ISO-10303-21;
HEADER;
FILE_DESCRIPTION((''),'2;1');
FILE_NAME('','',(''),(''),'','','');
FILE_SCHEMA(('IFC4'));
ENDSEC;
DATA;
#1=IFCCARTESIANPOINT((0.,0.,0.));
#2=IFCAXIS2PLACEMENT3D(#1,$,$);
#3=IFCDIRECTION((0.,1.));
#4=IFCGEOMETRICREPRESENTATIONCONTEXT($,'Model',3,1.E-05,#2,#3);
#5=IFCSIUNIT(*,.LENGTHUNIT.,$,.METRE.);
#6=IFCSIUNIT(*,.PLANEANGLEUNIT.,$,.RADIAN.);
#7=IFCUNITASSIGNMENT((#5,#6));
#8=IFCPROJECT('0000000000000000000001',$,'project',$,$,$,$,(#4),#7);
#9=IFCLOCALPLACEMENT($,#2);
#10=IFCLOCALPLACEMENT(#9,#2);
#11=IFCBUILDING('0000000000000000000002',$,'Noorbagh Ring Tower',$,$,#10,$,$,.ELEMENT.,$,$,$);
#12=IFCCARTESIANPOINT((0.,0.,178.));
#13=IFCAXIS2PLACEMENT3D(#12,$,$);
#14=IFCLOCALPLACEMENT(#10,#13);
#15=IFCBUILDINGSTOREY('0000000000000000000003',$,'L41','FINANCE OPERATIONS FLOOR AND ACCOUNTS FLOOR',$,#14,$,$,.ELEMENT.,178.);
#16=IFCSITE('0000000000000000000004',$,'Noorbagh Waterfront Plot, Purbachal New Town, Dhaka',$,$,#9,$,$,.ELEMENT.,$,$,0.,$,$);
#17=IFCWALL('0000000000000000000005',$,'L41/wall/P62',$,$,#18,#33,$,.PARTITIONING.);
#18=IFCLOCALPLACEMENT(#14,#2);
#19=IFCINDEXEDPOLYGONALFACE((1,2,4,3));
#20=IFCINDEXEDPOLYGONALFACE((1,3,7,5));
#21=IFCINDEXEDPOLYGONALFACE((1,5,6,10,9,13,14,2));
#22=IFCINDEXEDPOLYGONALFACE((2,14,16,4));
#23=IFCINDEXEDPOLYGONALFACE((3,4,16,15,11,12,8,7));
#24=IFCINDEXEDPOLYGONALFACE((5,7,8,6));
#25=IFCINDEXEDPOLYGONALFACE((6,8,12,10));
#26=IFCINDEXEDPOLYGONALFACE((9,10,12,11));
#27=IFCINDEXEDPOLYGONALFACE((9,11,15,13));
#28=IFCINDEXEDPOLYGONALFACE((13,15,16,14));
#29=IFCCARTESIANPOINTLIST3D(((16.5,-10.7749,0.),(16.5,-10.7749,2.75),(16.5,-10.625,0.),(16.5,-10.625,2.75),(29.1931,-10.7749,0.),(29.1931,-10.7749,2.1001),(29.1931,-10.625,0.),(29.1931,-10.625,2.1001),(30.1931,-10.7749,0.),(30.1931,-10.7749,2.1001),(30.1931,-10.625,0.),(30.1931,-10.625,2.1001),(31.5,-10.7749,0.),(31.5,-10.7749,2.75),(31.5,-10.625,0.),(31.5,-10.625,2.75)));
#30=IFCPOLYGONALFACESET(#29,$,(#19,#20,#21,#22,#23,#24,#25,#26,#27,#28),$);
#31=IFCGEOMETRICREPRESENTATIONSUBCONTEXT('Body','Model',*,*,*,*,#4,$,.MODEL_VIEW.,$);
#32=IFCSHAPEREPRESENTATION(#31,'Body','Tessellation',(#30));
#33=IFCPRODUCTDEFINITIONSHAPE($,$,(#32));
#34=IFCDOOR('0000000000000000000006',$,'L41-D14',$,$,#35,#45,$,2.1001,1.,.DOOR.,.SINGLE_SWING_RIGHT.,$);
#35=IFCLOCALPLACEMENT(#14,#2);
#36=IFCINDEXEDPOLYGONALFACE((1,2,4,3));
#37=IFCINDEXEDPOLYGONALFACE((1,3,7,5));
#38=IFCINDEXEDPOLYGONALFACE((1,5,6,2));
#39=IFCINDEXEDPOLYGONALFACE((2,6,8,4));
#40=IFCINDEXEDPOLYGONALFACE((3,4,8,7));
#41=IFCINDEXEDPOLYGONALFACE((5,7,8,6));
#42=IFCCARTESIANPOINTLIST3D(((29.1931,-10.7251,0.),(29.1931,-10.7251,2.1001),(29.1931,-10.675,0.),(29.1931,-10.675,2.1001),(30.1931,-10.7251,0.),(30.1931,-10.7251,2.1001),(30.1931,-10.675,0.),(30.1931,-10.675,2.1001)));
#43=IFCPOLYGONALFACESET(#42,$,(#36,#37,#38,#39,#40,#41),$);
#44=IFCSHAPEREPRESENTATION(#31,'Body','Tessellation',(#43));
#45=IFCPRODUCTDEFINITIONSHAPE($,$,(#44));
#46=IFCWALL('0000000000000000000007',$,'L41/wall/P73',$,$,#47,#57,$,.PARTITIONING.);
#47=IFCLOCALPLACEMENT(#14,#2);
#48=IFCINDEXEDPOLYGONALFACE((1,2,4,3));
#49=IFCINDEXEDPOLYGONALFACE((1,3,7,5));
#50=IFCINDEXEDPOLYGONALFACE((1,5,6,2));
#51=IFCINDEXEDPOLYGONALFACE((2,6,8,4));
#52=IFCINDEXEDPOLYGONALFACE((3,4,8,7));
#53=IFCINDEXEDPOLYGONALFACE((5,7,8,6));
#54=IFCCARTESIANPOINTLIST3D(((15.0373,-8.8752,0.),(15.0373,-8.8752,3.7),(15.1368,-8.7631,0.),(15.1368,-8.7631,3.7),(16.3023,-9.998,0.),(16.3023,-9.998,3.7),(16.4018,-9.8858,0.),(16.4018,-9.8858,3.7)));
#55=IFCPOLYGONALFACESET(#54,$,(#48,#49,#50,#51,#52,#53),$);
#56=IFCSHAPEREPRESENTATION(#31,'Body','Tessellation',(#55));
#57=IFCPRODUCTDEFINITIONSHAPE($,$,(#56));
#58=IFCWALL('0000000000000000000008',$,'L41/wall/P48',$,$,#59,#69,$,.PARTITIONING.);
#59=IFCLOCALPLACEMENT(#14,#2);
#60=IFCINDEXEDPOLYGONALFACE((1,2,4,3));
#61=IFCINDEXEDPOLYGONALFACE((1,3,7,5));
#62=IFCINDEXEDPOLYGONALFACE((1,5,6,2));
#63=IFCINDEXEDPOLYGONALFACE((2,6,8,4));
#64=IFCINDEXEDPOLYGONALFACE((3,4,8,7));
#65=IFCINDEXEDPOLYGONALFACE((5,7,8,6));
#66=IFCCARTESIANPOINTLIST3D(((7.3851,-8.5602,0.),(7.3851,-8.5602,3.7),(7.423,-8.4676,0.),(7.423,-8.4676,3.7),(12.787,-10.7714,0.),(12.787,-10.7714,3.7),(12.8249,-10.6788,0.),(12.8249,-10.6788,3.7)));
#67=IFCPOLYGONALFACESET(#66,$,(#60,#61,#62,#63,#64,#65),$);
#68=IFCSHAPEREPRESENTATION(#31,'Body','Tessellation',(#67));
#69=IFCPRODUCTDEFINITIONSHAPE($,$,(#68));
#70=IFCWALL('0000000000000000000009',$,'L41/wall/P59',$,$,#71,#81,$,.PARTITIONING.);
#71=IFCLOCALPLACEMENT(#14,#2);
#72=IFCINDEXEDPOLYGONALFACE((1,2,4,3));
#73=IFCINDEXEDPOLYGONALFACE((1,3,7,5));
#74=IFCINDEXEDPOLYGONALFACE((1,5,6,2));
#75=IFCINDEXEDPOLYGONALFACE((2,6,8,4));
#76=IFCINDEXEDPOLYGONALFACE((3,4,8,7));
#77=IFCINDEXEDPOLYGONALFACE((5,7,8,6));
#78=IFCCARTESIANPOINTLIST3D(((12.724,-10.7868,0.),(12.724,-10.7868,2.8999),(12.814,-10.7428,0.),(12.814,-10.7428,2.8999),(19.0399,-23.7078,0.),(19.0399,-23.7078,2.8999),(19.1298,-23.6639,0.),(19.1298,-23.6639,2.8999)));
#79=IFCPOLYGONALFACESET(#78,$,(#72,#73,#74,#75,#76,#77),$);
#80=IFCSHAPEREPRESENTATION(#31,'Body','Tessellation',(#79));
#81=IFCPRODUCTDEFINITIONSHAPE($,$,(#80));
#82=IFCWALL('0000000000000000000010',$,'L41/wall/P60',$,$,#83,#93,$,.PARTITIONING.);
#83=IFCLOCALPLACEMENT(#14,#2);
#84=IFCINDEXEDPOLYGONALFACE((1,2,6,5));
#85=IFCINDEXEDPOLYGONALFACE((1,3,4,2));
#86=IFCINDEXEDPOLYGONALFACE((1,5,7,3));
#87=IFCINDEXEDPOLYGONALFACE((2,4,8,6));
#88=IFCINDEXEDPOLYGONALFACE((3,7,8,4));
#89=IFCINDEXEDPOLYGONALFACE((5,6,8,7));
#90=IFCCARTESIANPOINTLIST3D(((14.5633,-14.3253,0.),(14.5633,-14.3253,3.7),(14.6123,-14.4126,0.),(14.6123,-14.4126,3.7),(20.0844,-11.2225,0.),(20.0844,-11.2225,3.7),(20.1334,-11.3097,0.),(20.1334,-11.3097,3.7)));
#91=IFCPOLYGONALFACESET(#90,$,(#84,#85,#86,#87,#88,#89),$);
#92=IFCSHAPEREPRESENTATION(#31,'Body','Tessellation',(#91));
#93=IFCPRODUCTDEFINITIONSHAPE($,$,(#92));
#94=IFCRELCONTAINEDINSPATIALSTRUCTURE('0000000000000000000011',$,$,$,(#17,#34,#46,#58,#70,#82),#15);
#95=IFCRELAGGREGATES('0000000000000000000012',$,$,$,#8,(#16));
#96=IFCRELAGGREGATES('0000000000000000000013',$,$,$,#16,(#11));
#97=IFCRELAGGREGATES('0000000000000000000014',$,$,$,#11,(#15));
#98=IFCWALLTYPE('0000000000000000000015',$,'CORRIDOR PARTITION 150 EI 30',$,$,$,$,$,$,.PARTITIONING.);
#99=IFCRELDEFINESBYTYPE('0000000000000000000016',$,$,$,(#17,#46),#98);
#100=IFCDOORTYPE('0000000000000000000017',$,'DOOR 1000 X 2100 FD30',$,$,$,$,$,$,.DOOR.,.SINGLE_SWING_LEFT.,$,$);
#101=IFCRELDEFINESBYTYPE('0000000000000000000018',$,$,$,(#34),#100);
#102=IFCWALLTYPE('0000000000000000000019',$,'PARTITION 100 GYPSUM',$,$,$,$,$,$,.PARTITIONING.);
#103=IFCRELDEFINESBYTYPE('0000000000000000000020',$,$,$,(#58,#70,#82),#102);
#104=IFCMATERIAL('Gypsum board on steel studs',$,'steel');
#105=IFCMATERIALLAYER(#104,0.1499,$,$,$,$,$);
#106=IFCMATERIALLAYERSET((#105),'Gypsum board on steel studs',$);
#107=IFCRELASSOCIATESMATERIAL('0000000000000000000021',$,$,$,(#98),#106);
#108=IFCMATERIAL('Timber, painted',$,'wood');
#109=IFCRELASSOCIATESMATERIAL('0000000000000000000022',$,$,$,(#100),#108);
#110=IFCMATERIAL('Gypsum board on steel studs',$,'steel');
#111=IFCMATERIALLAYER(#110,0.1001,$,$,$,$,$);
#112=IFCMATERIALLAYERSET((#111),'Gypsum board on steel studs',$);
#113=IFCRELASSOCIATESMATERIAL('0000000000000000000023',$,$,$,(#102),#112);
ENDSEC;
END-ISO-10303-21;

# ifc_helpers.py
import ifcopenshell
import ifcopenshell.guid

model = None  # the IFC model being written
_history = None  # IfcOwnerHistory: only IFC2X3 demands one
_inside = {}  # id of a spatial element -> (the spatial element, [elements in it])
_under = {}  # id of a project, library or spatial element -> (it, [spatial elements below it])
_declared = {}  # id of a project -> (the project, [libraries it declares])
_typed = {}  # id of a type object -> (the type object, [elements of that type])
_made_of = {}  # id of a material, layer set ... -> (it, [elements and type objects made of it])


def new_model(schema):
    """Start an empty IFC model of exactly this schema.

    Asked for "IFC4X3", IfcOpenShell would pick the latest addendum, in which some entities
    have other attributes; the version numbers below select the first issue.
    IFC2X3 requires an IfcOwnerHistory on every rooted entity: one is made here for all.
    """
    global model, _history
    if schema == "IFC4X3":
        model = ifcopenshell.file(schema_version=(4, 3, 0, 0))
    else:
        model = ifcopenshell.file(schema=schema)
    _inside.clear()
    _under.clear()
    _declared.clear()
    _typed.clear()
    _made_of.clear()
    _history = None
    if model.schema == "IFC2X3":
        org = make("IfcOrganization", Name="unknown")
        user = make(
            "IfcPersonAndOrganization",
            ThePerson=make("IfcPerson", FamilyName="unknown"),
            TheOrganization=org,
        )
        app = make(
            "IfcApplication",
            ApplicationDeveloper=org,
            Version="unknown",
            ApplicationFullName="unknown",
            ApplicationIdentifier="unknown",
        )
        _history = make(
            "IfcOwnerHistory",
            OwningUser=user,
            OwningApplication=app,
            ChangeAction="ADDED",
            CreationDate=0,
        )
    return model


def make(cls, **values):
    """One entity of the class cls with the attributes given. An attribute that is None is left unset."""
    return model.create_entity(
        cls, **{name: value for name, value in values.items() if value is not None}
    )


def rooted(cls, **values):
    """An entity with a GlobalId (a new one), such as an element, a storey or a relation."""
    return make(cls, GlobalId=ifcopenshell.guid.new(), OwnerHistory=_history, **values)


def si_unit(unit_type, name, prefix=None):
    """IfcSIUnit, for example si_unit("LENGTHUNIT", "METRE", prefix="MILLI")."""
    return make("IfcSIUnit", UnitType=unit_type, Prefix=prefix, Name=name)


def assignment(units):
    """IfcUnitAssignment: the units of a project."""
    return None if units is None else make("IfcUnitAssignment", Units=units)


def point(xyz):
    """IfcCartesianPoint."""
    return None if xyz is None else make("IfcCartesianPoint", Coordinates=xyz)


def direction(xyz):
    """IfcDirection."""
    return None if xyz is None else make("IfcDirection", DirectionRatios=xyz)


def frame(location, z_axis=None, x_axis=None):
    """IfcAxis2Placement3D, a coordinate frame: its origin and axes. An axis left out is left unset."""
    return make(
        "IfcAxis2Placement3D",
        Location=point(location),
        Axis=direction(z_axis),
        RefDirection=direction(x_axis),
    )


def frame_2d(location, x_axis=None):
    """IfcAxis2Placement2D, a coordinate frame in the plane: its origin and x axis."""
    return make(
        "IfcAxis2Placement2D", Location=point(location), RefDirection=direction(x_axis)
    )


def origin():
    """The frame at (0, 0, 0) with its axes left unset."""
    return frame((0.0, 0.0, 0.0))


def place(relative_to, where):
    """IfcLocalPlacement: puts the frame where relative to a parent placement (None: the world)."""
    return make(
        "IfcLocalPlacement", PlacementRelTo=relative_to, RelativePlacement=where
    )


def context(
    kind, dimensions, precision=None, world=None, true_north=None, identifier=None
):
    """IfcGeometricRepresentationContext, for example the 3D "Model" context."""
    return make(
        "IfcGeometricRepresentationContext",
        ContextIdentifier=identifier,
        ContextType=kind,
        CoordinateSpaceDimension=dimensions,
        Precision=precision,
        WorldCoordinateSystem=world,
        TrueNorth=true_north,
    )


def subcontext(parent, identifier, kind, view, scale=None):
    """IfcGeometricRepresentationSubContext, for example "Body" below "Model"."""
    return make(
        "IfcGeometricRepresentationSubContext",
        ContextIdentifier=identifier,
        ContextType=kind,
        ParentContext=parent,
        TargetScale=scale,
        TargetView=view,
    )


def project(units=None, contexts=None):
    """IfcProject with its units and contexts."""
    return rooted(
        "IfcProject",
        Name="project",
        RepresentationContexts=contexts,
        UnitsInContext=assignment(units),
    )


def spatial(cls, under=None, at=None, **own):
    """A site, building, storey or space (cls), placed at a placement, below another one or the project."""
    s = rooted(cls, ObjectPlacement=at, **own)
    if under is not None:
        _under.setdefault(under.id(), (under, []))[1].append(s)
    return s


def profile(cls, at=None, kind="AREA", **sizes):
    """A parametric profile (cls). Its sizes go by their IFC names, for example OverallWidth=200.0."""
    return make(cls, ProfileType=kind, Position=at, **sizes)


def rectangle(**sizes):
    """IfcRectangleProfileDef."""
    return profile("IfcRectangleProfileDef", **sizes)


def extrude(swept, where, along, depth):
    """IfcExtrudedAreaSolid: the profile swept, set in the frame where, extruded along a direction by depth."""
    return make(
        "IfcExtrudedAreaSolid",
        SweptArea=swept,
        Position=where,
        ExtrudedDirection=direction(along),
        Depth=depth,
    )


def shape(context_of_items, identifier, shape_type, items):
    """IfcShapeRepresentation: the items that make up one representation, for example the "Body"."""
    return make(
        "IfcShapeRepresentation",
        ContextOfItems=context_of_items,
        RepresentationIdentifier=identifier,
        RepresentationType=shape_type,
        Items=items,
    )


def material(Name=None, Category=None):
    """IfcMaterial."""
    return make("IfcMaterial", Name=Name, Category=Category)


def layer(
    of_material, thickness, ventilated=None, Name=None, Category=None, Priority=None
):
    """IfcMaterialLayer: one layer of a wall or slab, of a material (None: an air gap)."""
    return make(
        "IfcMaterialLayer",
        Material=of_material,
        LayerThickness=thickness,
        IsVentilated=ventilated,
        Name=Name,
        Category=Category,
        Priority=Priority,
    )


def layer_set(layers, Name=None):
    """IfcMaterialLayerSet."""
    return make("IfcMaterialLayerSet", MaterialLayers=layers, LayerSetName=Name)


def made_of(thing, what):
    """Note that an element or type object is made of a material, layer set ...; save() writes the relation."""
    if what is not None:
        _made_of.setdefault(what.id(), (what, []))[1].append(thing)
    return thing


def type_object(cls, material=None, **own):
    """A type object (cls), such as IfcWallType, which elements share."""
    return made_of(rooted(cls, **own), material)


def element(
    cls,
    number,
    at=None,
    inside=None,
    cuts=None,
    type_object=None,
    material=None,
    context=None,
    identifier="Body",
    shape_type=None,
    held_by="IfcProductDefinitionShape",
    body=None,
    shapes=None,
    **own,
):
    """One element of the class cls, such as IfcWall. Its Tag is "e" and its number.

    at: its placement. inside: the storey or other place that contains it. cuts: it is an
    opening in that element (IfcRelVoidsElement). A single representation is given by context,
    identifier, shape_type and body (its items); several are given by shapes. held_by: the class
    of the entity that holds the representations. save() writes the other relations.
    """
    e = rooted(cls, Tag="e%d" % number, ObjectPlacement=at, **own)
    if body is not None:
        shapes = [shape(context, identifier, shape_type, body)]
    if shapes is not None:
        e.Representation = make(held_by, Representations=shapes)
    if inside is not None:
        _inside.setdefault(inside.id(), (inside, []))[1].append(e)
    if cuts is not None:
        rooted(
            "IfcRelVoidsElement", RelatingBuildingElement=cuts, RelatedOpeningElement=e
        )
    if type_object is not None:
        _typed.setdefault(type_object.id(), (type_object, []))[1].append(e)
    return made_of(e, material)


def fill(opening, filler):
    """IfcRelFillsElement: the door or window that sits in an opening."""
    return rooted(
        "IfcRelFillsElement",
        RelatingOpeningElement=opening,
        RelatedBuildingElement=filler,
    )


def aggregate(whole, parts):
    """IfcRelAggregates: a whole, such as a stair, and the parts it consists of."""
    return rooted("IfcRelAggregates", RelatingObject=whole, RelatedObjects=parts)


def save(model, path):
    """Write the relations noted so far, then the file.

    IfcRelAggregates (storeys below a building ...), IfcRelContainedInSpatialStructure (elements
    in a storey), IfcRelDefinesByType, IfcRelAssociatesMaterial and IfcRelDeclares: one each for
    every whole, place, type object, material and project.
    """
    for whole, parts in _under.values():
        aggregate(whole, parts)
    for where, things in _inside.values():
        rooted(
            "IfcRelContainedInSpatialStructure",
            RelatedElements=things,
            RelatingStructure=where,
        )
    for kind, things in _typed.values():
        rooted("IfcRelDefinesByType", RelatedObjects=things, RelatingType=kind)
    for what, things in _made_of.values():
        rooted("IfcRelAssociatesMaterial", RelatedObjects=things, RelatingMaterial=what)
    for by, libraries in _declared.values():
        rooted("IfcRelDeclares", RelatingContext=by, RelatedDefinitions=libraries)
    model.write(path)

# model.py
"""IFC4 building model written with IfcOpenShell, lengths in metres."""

from ifc_helpers import new_model, si_unit, direction, frame, frame_2d, origin, place, context, subcontext, project, spatial, rectangle, extrude, material, layer, layer_set, type_object, element, fill, save


model = new_model("IFC4")

# Units and contexts
model_context = context("Model", 3, precision=1e-05, world=origin(), true_north=direction((0.0, 1.0)))
body_context = subcontext(model_context, "Body", "Model", "MODEL_VIEW")
ifc_project = project(units=[si_unit("LENGTHUNIT", "METRE"), si_unit("PLANEANGLEUNIT", "RADIAN")], contexts=[model_context])

# Site, building, storey
site_placement = place(None, origin())
site = spatial("IfcSite", under=ifc_project, at=site_placement, Name="Noorbagh Waterfront Plot, Purbachal New Town, Dhaka", CompositionType="ELEMENT", RefElevation=0.0)
building_placement = place(site_placement, origin())
building = spatial("IfcBuilding", under=site, at=building_placement, Name="Noorbagh Ring Tower", CompositionType="ELEMENT")
storey_placement = place(building_placement, frame((0.0, 0.0, 178.0)))
storey = spatial("IfcBuildingStorey", under=building, at=storey_placement, Name="L41", Description="FINANCE OPERATIONS FLOOR AND ACCOUNTS FLOOR", CompositionType="ELEMENT", Elevation=178.0)

# Shared definitions
ifc_material_1 = material(Name="Gypsum board on steel studs", Category="steel")
ifc_layer_1 = layer(ifc_material_1, 0.1499)
ifc_layer_set_1 = layer_set([ifc_layer_1], Name="Gypsum board on steel studs")
wall_type_1 = type_object("IfcWallType", Name="CORRIDOR PARTITION 150 EI 30", PredefinedType="PARTITIONING", material=ifc_layer_set_1)

# Wall, opening, door
wall_1_placement = place(storey_placement, frame((16.5, -10.7, 0.0), z_axis=(0.0, 0.0, 1.0), x_axis=(1.0, 0.0, 0.0)))
wall_1 = element("IfcWall", 1, at=wall_1_placement, inside=storey, type_object=wall_type_1, Name="L41/wall/P62", PredefinedType="PARTITIONING", context=body_context, shape_type="SweptSolid", body=[
    extrude(rectangle(XDim=15.0, YDim=0.1499, at=frame_2d((7.5, 0.0))), origin(), (0.0, 0.0, 1.0), 2.75),
])
opening_placement = place(wall_1_placement, frame((12.6931, 0.0, 0.0)))
opening = element("IfcOpeningElement", 2, at=opening_placement, cuts=wall_1, PredefinedType="OPENING", context=body_context, shape_type="SweptSolid", body=[
    extrude(rectangle(XDim=1.0, YDim=2.1001, at=frame_2d((0.5, 1.05))), frame((0.0, 0.085, 0.0), z_axis=(0.0, -1.0, 0.0), x_axis=(1.0, 0.0, 0.0)), (0.0, 0.0, 1.0), 0.1699),
])
ifc_material_2 = material(Name="Timber, painted", Category="wood")
door_type = type_object("IfcDoorType", Name="DOOR 1000 X 2100 FD30", OperationType="SINGLE_SWING_LEFT", PredefinedType="DOOR", material=ifc_material_2)
door_placement = place(opening_placement, origin())
door = element("IfcDoor", 3, at=door_placement, inside=storey, type_object=door_type, Name="L41-D14", OperationType="SINGLE_SWING_RIGHT", OverallHeight=2.1001, OverallWidth=1.0, PredefinedType="DOOR", context=body_context, shape_type="SweptSolid", body=[
    extrude(rectangle(XDim=1.0, YDim=2.1001, at=frame_2d((0.5, 1.05))), frame((0.0, 0.0249, 0.0), z_axis=(0.0, -1.0, 0.0), x_axis=(1.0, 0.0, 0.0)), (0.0, 0.0, 1.0), 0.05),
])
fill(opening, door)

# Walls
wall_2_placement = place(storey_placement, frame((16.3521, -9.9419, 0.0), z_axis=(0.0, 0.0, 1.0), x_axis=(-0.747927, 0.663781, 0.0)))
element("IfcWall", 4, at=wall_2_placement, inside=storey, type_object=wall_type_1, Name="L41/wall/P73", PredefinedType="PARTITIONING", context=body_context, shape_type="SweptSolid", body=[
    extrude(rectangle(XDim=1.6914, YDim=0.1499, at=frame_2d((0.8457, 0.0))), origin(), (0.0, 0.0, 1.0), 3.7),
])
ifc_material_3 = material(Name="Gypsum board on steel studs", Category="steel")
ifc_layer_2 = layer(ifc_material_3, 0.1001)
ifc_layer_set_2 = layer_set([ifc_layer_2], Name="Gypsum board on steel studs")
wall_type_2 = type_object("IfcWallType", Name="PARTITION 100 GYPSUM", PredefinedType="PARTITIONING", material=ifc_layer_set_2)
wall_3_placement = place(storey_placement, frame((7.4041, -8.5139, 0.0), z_axis=(0.0, 0.0, 1.0), x_axis=(0.925467, -0.378828, 0.0)))
element("IfcWall", 5, at=wall_3_placement, inside=storey, type_object=wall_type_2, Name="L41/wall/P48", PredefinedType="PARTITIONING", context=body_context, shape_type="SweptSolid", body=[
    extrude(rectangle(XDim=5.8369, YDim=0.1001, at=frame_2d((2.9185, 0.0))), origin(), (0.0, 0.0, 1.0), 3.7),
])
wall_4_placement = place(storey_placement, frame((12.769, -10.7649, 0.0), z_axis=(0.0, 0.0, 1.0), x_axis=(0.439149, -0.898414, 0.0)))
element("IfcWall", 6, at=wall_4_placement, inside=storey, type_object=wall_type_2, Name="L41/wall/P59", PredefinedType="PARTITIONING", context=body_context, shape_type="SweptSolid", body=[
    extrude(rectangle(XDim=14.3821, YDim=0.1001, at=frame_2d((7.1909, 0.0))), origin(), (0.0, 0.0, 1.0), 2.8999),
])
wall_5_placement = place(storey_placement, frame((14.5879, -14.3689, 0.0), z_axis=(0.0, 0.0, 1.0), x_axis=(0.871763, 0.489928, 0.0)))
element("IfcWall", 7, at=wall_5_placement, inside=storey, type_object=wall_type_2, Name="L41/wall/P60", PredefinedType="PARTITIONING", context=body_context, shape_type="SweptSolid", body=[
    extrude(rectangle(XDim=6.3333, YDim=0.1001, at=frame_2d((3.1665, 0.0))), origin(), (0.0, 0.0, 1.0), 3.7),
])

save(model, "model.ifc")
